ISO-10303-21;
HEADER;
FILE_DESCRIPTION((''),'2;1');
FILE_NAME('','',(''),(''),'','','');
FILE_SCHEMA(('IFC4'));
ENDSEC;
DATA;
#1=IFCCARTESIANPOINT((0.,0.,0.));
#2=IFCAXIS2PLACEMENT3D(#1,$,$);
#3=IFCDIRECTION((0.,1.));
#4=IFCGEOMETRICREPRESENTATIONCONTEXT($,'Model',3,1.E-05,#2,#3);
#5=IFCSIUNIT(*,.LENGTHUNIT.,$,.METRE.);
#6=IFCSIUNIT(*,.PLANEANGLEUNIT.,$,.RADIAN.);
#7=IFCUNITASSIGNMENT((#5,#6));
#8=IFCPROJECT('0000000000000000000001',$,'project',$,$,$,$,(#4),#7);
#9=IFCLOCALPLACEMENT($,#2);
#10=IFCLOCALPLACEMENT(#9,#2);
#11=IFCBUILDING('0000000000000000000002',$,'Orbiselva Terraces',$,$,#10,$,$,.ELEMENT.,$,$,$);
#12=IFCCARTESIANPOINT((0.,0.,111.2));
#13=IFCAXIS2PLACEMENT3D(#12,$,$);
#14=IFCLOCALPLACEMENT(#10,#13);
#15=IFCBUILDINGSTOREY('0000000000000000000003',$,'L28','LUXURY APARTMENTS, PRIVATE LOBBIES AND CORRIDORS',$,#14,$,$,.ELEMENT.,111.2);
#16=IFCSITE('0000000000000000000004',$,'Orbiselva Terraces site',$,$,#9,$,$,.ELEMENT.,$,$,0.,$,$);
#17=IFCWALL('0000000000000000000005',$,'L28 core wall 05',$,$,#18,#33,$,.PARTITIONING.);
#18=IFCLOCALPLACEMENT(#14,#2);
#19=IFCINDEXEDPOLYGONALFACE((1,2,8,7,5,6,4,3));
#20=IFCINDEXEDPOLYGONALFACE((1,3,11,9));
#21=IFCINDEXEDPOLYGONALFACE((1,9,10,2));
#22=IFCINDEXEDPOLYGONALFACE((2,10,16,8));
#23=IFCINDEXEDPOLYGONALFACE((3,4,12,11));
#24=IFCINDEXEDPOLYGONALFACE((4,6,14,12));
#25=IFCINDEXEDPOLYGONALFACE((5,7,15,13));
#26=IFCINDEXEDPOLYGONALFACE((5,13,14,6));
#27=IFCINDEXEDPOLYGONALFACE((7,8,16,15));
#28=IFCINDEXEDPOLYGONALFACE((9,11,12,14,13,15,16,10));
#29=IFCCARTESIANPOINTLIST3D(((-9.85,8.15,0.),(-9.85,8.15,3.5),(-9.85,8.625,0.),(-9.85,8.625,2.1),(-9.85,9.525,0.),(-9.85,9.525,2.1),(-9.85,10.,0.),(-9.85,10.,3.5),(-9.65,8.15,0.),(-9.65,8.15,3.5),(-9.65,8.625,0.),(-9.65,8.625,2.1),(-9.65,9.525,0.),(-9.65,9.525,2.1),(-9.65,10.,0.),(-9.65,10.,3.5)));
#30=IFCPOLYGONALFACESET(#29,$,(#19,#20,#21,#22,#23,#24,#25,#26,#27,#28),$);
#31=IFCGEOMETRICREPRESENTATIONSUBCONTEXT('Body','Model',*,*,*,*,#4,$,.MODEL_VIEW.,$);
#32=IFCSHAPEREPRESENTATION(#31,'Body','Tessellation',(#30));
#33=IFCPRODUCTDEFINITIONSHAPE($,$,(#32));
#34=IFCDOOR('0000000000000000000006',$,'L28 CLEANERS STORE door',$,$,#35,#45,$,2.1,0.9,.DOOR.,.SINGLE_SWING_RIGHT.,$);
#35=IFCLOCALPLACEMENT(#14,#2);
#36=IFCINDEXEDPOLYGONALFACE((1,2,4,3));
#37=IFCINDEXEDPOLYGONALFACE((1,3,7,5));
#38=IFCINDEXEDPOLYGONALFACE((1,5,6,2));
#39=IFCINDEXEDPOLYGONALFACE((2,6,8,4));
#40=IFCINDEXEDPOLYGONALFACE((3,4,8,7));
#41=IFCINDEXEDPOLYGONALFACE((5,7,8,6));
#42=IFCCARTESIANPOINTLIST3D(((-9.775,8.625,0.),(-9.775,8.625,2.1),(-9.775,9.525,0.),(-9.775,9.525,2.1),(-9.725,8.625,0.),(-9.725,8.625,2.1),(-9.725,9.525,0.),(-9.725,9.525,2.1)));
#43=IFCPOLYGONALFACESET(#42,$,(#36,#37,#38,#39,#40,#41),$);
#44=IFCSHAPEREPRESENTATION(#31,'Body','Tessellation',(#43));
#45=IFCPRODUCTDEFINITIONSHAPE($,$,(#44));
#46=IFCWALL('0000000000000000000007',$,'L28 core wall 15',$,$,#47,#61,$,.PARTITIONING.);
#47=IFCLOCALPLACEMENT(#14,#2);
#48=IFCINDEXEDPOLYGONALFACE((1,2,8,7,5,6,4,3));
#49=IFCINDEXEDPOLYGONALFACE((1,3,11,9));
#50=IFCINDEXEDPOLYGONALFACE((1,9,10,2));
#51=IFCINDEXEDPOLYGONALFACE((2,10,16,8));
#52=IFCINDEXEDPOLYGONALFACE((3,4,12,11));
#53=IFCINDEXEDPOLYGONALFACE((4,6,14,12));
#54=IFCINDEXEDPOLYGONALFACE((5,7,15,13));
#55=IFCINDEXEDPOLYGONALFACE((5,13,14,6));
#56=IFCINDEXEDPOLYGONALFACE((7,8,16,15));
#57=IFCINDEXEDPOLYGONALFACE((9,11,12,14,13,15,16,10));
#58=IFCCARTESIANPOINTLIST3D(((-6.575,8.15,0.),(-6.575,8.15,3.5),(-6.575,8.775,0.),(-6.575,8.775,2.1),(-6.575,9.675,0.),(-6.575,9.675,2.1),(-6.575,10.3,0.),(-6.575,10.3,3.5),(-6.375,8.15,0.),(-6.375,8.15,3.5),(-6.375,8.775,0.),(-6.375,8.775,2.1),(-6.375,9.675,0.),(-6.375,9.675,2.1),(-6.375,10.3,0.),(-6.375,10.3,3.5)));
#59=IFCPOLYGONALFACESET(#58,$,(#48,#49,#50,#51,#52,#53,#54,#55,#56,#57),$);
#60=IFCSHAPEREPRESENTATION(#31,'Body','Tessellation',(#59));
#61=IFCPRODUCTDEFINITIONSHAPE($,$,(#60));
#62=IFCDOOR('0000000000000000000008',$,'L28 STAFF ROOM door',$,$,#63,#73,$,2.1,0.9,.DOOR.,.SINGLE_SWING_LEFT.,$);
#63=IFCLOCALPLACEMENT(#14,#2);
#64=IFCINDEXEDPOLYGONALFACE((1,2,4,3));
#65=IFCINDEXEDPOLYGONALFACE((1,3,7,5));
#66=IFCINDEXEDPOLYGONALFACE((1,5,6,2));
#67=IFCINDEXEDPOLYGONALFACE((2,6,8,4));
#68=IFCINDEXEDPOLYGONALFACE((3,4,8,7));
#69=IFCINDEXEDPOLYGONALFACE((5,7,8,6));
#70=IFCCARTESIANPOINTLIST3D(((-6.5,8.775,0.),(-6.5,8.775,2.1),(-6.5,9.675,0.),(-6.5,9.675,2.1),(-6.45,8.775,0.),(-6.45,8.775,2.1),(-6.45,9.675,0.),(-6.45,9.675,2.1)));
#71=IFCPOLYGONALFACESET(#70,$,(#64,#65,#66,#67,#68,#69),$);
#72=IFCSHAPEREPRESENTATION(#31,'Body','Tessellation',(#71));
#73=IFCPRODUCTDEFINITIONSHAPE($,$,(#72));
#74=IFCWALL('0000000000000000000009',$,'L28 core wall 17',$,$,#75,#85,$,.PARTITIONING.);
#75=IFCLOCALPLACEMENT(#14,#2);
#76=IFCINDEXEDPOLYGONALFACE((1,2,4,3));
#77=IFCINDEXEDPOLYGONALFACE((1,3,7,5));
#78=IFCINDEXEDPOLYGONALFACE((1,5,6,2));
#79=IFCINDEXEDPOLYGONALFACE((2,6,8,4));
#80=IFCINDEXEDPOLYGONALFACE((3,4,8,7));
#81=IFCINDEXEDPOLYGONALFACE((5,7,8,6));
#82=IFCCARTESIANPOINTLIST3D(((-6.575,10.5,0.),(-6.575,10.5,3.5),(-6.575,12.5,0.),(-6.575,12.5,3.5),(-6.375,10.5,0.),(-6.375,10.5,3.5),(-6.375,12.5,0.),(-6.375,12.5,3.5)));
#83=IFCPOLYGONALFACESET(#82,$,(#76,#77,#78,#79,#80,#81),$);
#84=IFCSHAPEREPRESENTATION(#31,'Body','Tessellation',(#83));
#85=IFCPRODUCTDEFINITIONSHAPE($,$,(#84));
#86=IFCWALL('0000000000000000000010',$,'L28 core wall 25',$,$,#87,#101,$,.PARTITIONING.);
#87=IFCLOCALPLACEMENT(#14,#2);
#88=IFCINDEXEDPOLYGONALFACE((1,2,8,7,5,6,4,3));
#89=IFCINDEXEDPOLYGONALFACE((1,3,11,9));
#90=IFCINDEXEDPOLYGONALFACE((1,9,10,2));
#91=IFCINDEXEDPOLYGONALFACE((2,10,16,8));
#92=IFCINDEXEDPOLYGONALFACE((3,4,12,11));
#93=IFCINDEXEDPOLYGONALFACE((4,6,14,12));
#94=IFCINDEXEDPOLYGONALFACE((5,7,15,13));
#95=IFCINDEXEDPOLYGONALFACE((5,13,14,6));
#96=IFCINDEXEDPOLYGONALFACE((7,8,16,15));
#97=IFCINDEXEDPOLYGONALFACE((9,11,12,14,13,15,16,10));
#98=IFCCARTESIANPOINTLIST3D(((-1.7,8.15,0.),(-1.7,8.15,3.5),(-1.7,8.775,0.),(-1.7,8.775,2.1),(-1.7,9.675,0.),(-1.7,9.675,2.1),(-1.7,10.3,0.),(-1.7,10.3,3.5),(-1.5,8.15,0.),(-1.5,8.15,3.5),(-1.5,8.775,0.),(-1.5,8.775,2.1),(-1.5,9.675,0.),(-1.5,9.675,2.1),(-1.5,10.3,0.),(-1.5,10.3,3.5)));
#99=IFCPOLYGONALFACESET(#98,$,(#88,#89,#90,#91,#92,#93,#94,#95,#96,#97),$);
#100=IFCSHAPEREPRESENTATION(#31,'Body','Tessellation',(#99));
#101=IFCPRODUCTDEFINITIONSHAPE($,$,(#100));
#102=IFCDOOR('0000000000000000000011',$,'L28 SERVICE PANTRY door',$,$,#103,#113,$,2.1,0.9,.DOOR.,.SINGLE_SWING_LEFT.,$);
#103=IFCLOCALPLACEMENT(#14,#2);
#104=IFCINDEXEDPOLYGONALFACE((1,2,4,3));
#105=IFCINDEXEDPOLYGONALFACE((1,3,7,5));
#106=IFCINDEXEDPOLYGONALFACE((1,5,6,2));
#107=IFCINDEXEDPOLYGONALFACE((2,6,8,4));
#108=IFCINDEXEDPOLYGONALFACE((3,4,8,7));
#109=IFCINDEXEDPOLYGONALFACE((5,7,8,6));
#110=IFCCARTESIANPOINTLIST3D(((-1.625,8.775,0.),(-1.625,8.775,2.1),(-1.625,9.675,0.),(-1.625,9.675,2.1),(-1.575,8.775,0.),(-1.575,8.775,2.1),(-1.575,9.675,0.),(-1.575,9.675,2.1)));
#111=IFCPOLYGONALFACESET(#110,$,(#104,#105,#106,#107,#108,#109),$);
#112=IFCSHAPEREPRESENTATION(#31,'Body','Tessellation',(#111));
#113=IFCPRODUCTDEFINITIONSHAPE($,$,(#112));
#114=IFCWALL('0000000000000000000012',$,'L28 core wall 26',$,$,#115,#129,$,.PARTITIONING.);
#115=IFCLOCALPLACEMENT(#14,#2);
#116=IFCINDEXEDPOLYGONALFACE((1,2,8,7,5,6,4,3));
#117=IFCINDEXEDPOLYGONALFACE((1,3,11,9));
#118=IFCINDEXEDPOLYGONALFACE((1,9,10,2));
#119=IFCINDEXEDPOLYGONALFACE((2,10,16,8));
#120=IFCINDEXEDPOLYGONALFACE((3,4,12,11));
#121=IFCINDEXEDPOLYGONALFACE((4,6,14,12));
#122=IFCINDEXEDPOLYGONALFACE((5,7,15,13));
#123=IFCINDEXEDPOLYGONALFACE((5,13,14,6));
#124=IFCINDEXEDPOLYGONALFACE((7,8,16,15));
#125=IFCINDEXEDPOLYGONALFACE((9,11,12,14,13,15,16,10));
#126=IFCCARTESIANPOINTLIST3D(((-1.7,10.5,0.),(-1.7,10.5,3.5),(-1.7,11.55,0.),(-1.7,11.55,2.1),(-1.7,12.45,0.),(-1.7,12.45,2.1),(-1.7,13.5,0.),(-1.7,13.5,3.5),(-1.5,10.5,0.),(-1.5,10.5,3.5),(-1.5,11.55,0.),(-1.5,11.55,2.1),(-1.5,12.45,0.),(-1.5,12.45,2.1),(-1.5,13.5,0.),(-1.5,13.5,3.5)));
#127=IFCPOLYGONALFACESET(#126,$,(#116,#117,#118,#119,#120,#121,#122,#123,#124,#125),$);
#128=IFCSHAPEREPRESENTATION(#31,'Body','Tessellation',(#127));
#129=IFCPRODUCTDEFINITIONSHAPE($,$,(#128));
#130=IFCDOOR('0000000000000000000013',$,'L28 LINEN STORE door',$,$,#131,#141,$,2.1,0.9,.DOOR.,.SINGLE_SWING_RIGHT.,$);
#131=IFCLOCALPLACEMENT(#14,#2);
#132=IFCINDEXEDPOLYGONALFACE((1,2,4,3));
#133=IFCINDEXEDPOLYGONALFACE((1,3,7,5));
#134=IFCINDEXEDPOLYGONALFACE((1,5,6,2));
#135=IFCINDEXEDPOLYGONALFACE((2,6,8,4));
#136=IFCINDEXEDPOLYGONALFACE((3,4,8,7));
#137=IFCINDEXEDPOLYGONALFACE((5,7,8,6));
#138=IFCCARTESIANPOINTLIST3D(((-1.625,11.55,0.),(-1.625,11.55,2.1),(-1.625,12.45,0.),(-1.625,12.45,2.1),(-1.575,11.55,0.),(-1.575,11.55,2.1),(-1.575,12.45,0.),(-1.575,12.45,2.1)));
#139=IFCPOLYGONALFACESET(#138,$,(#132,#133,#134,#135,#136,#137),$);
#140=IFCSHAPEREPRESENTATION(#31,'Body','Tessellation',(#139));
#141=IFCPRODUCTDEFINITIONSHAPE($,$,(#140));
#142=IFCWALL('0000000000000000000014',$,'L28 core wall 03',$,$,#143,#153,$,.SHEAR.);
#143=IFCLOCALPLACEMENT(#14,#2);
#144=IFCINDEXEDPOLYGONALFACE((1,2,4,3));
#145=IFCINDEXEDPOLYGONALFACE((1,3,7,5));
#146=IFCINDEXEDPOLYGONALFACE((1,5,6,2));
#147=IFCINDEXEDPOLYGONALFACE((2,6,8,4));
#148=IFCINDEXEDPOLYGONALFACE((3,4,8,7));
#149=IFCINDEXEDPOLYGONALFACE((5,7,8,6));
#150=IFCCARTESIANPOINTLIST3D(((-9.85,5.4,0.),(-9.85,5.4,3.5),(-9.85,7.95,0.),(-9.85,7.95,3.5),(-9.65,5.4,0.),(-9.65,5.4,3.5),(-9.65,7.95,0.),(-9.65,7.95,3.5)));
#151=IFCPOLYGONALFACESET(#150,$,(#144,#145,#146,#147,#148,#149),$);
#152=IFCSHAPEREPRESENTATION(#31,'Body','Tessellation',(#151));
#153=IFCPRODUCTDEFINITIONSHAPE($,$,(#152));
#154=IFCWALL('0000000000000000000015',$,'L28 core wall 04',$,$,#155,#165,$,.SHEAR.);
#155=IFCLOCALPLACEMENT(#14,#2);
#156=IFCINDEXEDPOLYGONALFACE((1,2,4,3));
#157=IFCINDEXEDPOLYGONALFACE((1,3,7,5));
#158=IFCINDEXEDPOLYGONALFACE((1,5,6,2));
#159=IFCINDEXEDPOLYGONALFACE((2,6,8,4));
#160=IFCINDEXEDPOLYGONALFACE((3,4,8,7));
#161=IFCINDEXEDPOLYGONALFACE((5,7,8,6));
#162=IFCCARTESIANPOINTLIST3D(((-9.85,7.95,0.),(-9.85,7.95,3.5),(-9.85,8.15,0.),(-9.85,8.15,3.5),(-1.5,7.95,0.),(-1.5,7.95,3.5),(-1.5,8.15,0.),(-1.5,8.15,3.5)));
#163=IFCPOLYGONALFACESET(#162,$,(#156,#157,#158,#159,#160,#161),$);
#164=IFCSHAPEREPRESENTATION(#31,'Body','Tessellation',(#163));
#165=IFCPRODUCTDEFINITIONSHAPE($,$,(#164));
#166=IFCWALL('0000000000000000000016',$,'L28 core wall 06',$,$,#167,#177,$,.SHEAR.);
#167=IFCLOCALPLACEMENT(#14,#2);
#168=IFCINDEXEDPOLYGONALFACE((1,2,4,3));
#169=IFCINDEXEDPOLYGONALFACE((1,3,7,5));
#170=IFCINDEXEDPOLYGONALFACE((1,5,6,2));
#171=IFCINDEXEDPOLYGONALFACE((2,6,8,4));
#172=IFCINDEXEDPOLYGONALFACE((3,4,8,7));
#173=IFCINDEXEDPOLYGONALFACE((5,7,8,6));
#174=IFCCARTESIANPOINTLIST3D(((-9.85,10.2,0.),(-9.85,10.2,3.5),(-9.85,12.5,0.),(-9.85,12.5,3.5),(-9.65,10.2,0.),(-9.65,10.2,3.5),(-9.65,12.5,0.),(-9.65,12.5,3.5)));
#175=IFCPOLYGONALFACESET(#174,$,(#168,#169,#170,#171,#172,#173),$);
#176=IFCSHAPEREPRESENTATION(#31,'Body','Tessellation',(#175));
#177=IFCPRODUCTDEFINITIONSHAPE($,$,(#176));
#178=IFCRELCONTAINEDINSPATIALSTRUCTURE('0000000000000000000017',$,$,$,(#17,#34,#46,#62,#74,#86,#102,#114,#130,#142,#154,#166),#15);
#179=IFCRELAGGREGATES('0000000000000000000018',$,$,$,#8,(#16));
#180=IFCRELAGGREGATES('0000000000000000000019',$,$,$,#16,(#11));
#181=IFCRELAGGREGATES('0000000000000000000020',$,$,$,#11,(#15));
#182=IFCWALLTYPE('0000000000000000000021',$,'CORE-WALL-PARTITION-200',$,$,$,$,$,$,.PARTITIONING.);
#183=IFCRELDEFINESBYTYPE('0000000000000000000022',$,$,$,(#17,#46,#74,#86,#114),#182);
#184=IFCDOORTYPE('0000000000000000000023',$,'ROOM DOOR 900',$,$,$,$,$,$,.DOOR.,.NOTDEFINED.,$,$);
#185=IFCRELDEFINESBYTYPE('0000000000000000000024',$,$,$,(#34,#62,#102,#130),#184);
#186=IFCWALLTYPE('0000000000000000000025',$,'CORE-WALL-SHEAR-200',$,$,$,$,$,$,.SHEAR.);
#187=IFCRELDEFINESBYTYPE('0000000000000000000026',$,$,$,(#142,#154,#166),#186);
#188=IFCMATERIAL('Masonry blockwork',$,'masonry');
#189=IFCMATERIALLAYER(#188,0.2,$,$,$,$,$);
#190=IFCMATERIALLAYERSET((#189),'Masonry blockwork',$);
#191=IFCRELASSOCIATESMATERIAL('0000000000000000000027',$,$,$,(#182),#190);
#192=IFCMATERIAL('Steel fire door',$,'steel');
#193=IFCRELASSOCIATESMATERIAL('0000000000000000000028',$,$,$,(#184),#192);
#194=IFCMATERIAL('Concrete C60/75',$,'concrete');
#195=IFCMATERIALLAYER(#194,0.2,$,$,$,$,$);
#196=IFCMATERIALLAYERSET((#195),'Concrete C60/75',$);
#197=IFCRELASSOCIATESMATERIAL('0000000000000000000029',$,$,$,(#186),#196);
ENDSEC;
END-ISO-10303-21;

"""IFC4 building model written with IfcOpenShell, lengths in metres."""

from ifc_helpers import new_model, si_unit, direction, frame, frame_2d, origin, place, context, subcontext, project, spatial, rectangle, extrude, material, layer, layer_set, type_object, element, fill, save


model = new_model("IFC4")

# Units and contexts
model_context = context("Model", 3, precision=1e-05, world=origin(), true_north=direction((0.0, 1.0)))
body_context = subcontext(model_context, "Body", "Model", "MODEL_VIEW")
ifc_project = project(units=[si_unit("LENGTHUNIT", "METRE"), si_unit("PLANEANGLEUNIT", "RADIAN")], contexts=[model_context])

# Site, building, storey
site_placement = place(None, origin())
site = spatial("IfcSite", under=ifc_project, at=site_placement, Name="Orbiselva Terraces site", CompositionType="ELEMENT", RefElevation=0.0)
building_placement = place(site_placement, origin())
building = spatial("IfcBuilding", under=site, at=building_placement, Name="Orbiselva Terraces", CompositionType="ELEMENT")
storey_placement = place(building_placement, frame((0.0, 0.0, 111.2)))
storey = spatial("IfcBuildingStorey", under=building, at=storey_placement, Name="L28", Description="LUXURY APARTMENTS, PRIVATE LOBBIES AND CORRIDORS", CompositionType="ELEMENT", Elevation=111.2)

# Walls, openings, doors
ifc_material_1 = material(Name="Masonry blockwork", Category="masonry")
ifc_layer_1 = layer(ifc_material_1, 0.2)
ifc_layer_set_1 = layer_set([ifc_layer_1], Name="Masonry blockwork")
wall_type_1 = type_object("IfcWallType", Name="CORE-WALL-PARTITION-200", PredefinedType="PARTITIONING", material=ifc_layer_set_1)
wall_1_placement = place(storey_placement, frame((-9.75, 8.15, 0.0), z_axis=(0.0, 0.0, 1.0), x_axis=(0.0, 1.0, 0.0)))
wall_1 = element("IfcWall", 1, at=wall_1_placement, inside=storey, type_object=wall_type_1, Name="L28 core wall 05", PredefinedType="PARTITIONING", context=body_context, shape_type="SweptSolid", body=[
    extrude(rectangle(XDim=1.85, YDim=0.2, at=frame_2d((0.925, 0.0))), origin(), (0.0, 0.0, 1.0), 3.5),
])
opening_1_placement = place(wall_1_placement, frame((0.475, 0.0, 0.0)))
opening_1 = element("IfcOpeningElement", 2, at=opening_1_placement, cuts=wall_1, PredefinedType="OPENING", context=body_context, shape_type="SweptSolid", body=[
    extrude(rectangle(XDim=0.9, YDim=2.1, at=frame_2d((0.45, 1.05))), frame((0.0, 0.11, 0.0), z_axis=(0.0, -1.0, 0.0), x_axis=(1.0, 0.0, 0.0)), (0.0, 0.0, 1.0), 0.22),
])
ifc_material_2 = material(Name="Steel fire door", Category="steel")
door_type = type_object("IfcDoorType", Name="ROOM DOOR 900", OperationType="NOTDEFINED", PredefinedType="DOOR", material=ifc_material_2)
door_1_placement = place(opening_1_placement, origin())
door_1 = element("IfcDoor", 3, at=door_1_placement, inside=storey, type_object=door_type, Name="L28 CLEANERS STORE door", OperationType="SINGLE_SWING_RIGHT", OverallHeight=2.1, OverallWidth=0.9, PredefinedType="DOOR", context=body_context, shape_type="SweptSolid", body=[
    extrude(rectangle(XDim=0.9, YDim=2.1, at=frame_2d((0.45, 1.05))), frame((0.0, 0.025, 0.0), z_axis=(0.0, -1.0, 0.0), x_axis=(1.0, 0.0, 0.0)), (0.0, 0.0, 1.0), 0.05),
])
fill(opening_1, door_1)
wall_2_placement = place(storey_placement, frame((-6.475, 8.15, 0.0), z_axis=(0.0, 0.0, 1.0), x_axis=(0.0, 1.0, 0.0)))
wall_2 = element("IfcWall", 4, at=wall_2_placement, inside=storey, type_object=wall_type_1, Name="L28 core wall 15", PredefinedType="PARTITIONING", context=body_context, shape_type="SweptSolid", body=[
    extrude(rectangle(XDim=2.15, YDim=0.2, at=frame_2d((1.075, 0.0))), origin(), (0.0, 0.0, 1.0), 3.5),
])
opening_2_placement = place(wall_2_placement, frame((0.625, 0.0, 0.0)))
opening_2 = element("IfcOpeningElement", 5, at=opening_2_placement, cuts=wall_2, PredefinedType="OPENING", context=body_context, shape_type="SweptSolid", body=[
    extrude(rectangle(XDim=0.9, YDim=2.1, at=frame_2d((0.45, 1.05))), frame((0.0, 0.11, 0.0), z_axis=(0.0, -1.0, 0.0), x_axis=(1.0, 0.0, 0.0)), (0.0, 0.0, 1.0), 0.22),
])
door_2_placement = place(opening_2_placement, origin())
door_2 = element("IfcDoor", 6, at=door_2_placement, inside=storey, type_object=door_type, Name="L28 STAFF ROOM door", OperationType="SINGLE_SWING_LEFT", OverallHeight=2.1, OverallWidth=0.9, PredefinedType="DOOR", context=body_context, shape_type="SweptSolid", body=[
    extrude(rectangle(XDim=0.9, YDim=2.1, at=frame_2d((0.45, 1.05))), frame((0.0, 0.025, 0.0), z_axis=(0.0, -1.0, 0.0), x_axis=(1.0, 0.0, 0.0)), (0.0, 0.0, 1.0), 0.05),
])
fill(opening_2, door_2)

# Wall
wall_3_placement = place(storey_placement, frame((-6.475, 10.5, 0.0), z_axis=(0.0, 0.0, 1.0), x_axis=(0.0, 1.0, 0.0)))
element("IfcWall", 7, at=wall_3_placement, inside=storey, type_object=wall_type_1, Name="L28 core wall 17", PredefinedType="PARTITIONING", context=body_context, shape_type="SweptSolid", body=[
    extrude(rectangle(XDim=2.0, YDim=0.2, at=frame_2d((1.0, 0.0))), origin(), (0.0, 0.0, 1.0), 3.5),
])

# Walls, openings, doors
wall_4_placement = place(storey_placement, frame((-1.6, 8.15, 0.0), z_axis=(0.0, 0.0, 1.0), x_axis=(0.0, 1.0, 0.0)))
wall_4 = element("IfcWall", 8, at=wall_4_placement, inside=storey, type_object=wall_type_1, Name="L28 core wall 25", PredefinedType="PARTITIONING", context=body_context, shape_type="SweptSolid", body=[
    extrude(rectangle(XDim=2.15, YDim=0.2, at=frame_2d((1.075, 0.0))), origin(), (0.0, 0.0, 1.0), 3.5),
])
opening_3_placement = place(wall_4_placement, frame((0.625, 0.0, 0.0)))
opening_3 = element("IfcOpeningElement", 9, at=opening_3_placement, cuts=wall_4, PredefinedType="OPENING", context=body_context, shape_type="SweptSolid", body=[
    extrude(rectangle(XDim=0.9, YDim=2.1, at=frame_2d((0.45, 1.05))), frame((0.0, 0.11, 0.0), z_axis=(0.0, -1.0, 0.0), x_axis=(1.0, 0.0, 0.0)), (0.0, 0.0, 1.0), 0.22),
])
door_3_placement = place(opening_3_placement, origin())
door_3 = element("IfcDoor", 10, at=door_3_placement, inside=storey, type_object=door_type, Name="L28 SERVICE PANTRY door", OperationType="SINGLE_SWING_LEFT", OverallHeight=2.1, OverallWidth=0.9, PredefinedType="DOOR", context=body_context, shape_type="SweptSolid", body=[
    extrude(rectangle(XDim=0.9, YDim=2.1, at=frame_2d((0.45, 1.05))), frame((0.0, 0.025, 0.0), z_axis=(0.0, -1.0, 0.0), x_axis=(1.0, 0.0, 0.0)), (0.0, 0.0, 1.0), 0.05),
])
fill(opening_3, door_3)
wall_5_placement = place(storey_placement, frame((-1.6, 10.5, 0.0), z_axis=(0.0, 0.0, 1.0), x_axis=(0.0, 1.0, 0.0)))
wall_5 = element("IfcWall", 11, at=wall_5_placement, inside=storey, type_object=wall_type_1, Name="L28 core wall 26", PredefinedType="PARTITIONING", context=body_context, shape_type="SweptSolid", body=[
    extrude(rectangle(XDim=3.0, YDim=0.2, at=frame_2d((1.5, 0.0))), origin(), (0.0, 0.0, 1.0), 3.5),
])
opening_4_placement = place(wall_5_placement, frame((1.05, 0.0, 0.0)))
opening_4 = element("IfcOpeningElement", 12, at=opening_4_placement, cuts=wall_5, PredefinedType="OPENING", context=body_context, shape_type="SweptSolid", body=[
    extrude(rectangle(XDim=0.9, YDim=2.1, at=frame_2d((0.45, 1.05))), frame((0.0, 0.11, 0.0), z_axis=(0.0, -1.0, 0.0), x_axis=(1.0, 0.0, 0.0)), (0.0, 0.0, 1.0), 0.22),
])
door_4_placement = place(opening_4_placement, origin())
door_4 = element("IfcDoor", 13, at=door_4_placement, inside=storey, type_object=door_type, Name="L28 LINEN STORE door", OperationType="SINGLE_SWING_RIGHT", OverallHeight=2.1, OverallWidth=0.9, PredefinedType="DOOR", context=body_context, shape_type="SweptSolid", body=[
    extrude(rectangle(XDim=0.9, YDim=2.1, at=frame_2d((0.45, 1.05))), frame((0.0, 0.025, 0.0), z_axis=(0.0, -1.0, 0.0), x_axis=(1.0, 0.0, 0.0)), (0.0, 0.0, 1.0), 0.05),
])
fill(opening_4, door_4)

# Walls
ifc_material_3 = material(Name="Concrete C60/75", Category="concrete")
ifc_layer_2 = layer(ifc_material_3, 0.2)
ifc_layer_set_2 = layer_set([ifc_layer_2], Name="Concrete C60/75")
wall_type_2 = type_object("IfcWallType", Name="CORE-WALL-SHEAR-200", PredefinedType="SHEAR", material=ifc_layer_set_2)
wall_6_placement = place(storey_placement, frame((-9.75, 5.4, 0.0), z_axis=(0.0, 0.0, 1.0), x_axis=(0.0, 1.0, 0.0)))
element("IfcWall", 14, at=wall_6_placement, inside=storey, type_object=wall_type_2, Name="L28 core wall 03", PredefinedType="SHEAR", context=body_context, shape_type="SweptSolid", body=[
    extrude(rectangle(XDim=2.55, YDim=0.2, at=frame_2d((1.275, 0.0))), origin(), (0.0, 0.0, 1.0), 3.5),
])
wall_7_placement = place(storey_placement, frame((-9.85, 8.05, 0.0), z_axis=(0.0, 0.0, 1.0), x_axis=(1.0, 0.0, 0.0)))
element("IfcWall", 15, at=wall_7_placement, inside=storey, type_object=wall_type_2, Name="L28 core wall 04", PredefinedType="SHEAR", context=body_context, shape_type="SweptSolid", body=[
    extrude(rectangle(XDim=8.35, YDim=0.2, at=frame_2d((4.175, 0.0))), origin(), (0.0, 0.0, 1.0), 3.5),
])
wall_8_placement = place(storey_placement, frame((-9.75, 10.2, 0.0), z_axis=(0.0, 0.0, 1.0), x_axis=(0.0, 1.0, 0.0)))
element("IfcWall", 16, at=wall_8_placement, inside=storey, type_object=wall_type_2, Name="L28 core wall 06", PredefinedType="SHEAR", context=body_context, shape_type="SweptSolid", body=[
    extrude(rectangle(XDim=2.3, YDim=0.2, at=frame_2d((1.15, 0.0))), origin(), (0.0, 0.0, 1.0), 3.5),
])

save(model, "model.ifc")
